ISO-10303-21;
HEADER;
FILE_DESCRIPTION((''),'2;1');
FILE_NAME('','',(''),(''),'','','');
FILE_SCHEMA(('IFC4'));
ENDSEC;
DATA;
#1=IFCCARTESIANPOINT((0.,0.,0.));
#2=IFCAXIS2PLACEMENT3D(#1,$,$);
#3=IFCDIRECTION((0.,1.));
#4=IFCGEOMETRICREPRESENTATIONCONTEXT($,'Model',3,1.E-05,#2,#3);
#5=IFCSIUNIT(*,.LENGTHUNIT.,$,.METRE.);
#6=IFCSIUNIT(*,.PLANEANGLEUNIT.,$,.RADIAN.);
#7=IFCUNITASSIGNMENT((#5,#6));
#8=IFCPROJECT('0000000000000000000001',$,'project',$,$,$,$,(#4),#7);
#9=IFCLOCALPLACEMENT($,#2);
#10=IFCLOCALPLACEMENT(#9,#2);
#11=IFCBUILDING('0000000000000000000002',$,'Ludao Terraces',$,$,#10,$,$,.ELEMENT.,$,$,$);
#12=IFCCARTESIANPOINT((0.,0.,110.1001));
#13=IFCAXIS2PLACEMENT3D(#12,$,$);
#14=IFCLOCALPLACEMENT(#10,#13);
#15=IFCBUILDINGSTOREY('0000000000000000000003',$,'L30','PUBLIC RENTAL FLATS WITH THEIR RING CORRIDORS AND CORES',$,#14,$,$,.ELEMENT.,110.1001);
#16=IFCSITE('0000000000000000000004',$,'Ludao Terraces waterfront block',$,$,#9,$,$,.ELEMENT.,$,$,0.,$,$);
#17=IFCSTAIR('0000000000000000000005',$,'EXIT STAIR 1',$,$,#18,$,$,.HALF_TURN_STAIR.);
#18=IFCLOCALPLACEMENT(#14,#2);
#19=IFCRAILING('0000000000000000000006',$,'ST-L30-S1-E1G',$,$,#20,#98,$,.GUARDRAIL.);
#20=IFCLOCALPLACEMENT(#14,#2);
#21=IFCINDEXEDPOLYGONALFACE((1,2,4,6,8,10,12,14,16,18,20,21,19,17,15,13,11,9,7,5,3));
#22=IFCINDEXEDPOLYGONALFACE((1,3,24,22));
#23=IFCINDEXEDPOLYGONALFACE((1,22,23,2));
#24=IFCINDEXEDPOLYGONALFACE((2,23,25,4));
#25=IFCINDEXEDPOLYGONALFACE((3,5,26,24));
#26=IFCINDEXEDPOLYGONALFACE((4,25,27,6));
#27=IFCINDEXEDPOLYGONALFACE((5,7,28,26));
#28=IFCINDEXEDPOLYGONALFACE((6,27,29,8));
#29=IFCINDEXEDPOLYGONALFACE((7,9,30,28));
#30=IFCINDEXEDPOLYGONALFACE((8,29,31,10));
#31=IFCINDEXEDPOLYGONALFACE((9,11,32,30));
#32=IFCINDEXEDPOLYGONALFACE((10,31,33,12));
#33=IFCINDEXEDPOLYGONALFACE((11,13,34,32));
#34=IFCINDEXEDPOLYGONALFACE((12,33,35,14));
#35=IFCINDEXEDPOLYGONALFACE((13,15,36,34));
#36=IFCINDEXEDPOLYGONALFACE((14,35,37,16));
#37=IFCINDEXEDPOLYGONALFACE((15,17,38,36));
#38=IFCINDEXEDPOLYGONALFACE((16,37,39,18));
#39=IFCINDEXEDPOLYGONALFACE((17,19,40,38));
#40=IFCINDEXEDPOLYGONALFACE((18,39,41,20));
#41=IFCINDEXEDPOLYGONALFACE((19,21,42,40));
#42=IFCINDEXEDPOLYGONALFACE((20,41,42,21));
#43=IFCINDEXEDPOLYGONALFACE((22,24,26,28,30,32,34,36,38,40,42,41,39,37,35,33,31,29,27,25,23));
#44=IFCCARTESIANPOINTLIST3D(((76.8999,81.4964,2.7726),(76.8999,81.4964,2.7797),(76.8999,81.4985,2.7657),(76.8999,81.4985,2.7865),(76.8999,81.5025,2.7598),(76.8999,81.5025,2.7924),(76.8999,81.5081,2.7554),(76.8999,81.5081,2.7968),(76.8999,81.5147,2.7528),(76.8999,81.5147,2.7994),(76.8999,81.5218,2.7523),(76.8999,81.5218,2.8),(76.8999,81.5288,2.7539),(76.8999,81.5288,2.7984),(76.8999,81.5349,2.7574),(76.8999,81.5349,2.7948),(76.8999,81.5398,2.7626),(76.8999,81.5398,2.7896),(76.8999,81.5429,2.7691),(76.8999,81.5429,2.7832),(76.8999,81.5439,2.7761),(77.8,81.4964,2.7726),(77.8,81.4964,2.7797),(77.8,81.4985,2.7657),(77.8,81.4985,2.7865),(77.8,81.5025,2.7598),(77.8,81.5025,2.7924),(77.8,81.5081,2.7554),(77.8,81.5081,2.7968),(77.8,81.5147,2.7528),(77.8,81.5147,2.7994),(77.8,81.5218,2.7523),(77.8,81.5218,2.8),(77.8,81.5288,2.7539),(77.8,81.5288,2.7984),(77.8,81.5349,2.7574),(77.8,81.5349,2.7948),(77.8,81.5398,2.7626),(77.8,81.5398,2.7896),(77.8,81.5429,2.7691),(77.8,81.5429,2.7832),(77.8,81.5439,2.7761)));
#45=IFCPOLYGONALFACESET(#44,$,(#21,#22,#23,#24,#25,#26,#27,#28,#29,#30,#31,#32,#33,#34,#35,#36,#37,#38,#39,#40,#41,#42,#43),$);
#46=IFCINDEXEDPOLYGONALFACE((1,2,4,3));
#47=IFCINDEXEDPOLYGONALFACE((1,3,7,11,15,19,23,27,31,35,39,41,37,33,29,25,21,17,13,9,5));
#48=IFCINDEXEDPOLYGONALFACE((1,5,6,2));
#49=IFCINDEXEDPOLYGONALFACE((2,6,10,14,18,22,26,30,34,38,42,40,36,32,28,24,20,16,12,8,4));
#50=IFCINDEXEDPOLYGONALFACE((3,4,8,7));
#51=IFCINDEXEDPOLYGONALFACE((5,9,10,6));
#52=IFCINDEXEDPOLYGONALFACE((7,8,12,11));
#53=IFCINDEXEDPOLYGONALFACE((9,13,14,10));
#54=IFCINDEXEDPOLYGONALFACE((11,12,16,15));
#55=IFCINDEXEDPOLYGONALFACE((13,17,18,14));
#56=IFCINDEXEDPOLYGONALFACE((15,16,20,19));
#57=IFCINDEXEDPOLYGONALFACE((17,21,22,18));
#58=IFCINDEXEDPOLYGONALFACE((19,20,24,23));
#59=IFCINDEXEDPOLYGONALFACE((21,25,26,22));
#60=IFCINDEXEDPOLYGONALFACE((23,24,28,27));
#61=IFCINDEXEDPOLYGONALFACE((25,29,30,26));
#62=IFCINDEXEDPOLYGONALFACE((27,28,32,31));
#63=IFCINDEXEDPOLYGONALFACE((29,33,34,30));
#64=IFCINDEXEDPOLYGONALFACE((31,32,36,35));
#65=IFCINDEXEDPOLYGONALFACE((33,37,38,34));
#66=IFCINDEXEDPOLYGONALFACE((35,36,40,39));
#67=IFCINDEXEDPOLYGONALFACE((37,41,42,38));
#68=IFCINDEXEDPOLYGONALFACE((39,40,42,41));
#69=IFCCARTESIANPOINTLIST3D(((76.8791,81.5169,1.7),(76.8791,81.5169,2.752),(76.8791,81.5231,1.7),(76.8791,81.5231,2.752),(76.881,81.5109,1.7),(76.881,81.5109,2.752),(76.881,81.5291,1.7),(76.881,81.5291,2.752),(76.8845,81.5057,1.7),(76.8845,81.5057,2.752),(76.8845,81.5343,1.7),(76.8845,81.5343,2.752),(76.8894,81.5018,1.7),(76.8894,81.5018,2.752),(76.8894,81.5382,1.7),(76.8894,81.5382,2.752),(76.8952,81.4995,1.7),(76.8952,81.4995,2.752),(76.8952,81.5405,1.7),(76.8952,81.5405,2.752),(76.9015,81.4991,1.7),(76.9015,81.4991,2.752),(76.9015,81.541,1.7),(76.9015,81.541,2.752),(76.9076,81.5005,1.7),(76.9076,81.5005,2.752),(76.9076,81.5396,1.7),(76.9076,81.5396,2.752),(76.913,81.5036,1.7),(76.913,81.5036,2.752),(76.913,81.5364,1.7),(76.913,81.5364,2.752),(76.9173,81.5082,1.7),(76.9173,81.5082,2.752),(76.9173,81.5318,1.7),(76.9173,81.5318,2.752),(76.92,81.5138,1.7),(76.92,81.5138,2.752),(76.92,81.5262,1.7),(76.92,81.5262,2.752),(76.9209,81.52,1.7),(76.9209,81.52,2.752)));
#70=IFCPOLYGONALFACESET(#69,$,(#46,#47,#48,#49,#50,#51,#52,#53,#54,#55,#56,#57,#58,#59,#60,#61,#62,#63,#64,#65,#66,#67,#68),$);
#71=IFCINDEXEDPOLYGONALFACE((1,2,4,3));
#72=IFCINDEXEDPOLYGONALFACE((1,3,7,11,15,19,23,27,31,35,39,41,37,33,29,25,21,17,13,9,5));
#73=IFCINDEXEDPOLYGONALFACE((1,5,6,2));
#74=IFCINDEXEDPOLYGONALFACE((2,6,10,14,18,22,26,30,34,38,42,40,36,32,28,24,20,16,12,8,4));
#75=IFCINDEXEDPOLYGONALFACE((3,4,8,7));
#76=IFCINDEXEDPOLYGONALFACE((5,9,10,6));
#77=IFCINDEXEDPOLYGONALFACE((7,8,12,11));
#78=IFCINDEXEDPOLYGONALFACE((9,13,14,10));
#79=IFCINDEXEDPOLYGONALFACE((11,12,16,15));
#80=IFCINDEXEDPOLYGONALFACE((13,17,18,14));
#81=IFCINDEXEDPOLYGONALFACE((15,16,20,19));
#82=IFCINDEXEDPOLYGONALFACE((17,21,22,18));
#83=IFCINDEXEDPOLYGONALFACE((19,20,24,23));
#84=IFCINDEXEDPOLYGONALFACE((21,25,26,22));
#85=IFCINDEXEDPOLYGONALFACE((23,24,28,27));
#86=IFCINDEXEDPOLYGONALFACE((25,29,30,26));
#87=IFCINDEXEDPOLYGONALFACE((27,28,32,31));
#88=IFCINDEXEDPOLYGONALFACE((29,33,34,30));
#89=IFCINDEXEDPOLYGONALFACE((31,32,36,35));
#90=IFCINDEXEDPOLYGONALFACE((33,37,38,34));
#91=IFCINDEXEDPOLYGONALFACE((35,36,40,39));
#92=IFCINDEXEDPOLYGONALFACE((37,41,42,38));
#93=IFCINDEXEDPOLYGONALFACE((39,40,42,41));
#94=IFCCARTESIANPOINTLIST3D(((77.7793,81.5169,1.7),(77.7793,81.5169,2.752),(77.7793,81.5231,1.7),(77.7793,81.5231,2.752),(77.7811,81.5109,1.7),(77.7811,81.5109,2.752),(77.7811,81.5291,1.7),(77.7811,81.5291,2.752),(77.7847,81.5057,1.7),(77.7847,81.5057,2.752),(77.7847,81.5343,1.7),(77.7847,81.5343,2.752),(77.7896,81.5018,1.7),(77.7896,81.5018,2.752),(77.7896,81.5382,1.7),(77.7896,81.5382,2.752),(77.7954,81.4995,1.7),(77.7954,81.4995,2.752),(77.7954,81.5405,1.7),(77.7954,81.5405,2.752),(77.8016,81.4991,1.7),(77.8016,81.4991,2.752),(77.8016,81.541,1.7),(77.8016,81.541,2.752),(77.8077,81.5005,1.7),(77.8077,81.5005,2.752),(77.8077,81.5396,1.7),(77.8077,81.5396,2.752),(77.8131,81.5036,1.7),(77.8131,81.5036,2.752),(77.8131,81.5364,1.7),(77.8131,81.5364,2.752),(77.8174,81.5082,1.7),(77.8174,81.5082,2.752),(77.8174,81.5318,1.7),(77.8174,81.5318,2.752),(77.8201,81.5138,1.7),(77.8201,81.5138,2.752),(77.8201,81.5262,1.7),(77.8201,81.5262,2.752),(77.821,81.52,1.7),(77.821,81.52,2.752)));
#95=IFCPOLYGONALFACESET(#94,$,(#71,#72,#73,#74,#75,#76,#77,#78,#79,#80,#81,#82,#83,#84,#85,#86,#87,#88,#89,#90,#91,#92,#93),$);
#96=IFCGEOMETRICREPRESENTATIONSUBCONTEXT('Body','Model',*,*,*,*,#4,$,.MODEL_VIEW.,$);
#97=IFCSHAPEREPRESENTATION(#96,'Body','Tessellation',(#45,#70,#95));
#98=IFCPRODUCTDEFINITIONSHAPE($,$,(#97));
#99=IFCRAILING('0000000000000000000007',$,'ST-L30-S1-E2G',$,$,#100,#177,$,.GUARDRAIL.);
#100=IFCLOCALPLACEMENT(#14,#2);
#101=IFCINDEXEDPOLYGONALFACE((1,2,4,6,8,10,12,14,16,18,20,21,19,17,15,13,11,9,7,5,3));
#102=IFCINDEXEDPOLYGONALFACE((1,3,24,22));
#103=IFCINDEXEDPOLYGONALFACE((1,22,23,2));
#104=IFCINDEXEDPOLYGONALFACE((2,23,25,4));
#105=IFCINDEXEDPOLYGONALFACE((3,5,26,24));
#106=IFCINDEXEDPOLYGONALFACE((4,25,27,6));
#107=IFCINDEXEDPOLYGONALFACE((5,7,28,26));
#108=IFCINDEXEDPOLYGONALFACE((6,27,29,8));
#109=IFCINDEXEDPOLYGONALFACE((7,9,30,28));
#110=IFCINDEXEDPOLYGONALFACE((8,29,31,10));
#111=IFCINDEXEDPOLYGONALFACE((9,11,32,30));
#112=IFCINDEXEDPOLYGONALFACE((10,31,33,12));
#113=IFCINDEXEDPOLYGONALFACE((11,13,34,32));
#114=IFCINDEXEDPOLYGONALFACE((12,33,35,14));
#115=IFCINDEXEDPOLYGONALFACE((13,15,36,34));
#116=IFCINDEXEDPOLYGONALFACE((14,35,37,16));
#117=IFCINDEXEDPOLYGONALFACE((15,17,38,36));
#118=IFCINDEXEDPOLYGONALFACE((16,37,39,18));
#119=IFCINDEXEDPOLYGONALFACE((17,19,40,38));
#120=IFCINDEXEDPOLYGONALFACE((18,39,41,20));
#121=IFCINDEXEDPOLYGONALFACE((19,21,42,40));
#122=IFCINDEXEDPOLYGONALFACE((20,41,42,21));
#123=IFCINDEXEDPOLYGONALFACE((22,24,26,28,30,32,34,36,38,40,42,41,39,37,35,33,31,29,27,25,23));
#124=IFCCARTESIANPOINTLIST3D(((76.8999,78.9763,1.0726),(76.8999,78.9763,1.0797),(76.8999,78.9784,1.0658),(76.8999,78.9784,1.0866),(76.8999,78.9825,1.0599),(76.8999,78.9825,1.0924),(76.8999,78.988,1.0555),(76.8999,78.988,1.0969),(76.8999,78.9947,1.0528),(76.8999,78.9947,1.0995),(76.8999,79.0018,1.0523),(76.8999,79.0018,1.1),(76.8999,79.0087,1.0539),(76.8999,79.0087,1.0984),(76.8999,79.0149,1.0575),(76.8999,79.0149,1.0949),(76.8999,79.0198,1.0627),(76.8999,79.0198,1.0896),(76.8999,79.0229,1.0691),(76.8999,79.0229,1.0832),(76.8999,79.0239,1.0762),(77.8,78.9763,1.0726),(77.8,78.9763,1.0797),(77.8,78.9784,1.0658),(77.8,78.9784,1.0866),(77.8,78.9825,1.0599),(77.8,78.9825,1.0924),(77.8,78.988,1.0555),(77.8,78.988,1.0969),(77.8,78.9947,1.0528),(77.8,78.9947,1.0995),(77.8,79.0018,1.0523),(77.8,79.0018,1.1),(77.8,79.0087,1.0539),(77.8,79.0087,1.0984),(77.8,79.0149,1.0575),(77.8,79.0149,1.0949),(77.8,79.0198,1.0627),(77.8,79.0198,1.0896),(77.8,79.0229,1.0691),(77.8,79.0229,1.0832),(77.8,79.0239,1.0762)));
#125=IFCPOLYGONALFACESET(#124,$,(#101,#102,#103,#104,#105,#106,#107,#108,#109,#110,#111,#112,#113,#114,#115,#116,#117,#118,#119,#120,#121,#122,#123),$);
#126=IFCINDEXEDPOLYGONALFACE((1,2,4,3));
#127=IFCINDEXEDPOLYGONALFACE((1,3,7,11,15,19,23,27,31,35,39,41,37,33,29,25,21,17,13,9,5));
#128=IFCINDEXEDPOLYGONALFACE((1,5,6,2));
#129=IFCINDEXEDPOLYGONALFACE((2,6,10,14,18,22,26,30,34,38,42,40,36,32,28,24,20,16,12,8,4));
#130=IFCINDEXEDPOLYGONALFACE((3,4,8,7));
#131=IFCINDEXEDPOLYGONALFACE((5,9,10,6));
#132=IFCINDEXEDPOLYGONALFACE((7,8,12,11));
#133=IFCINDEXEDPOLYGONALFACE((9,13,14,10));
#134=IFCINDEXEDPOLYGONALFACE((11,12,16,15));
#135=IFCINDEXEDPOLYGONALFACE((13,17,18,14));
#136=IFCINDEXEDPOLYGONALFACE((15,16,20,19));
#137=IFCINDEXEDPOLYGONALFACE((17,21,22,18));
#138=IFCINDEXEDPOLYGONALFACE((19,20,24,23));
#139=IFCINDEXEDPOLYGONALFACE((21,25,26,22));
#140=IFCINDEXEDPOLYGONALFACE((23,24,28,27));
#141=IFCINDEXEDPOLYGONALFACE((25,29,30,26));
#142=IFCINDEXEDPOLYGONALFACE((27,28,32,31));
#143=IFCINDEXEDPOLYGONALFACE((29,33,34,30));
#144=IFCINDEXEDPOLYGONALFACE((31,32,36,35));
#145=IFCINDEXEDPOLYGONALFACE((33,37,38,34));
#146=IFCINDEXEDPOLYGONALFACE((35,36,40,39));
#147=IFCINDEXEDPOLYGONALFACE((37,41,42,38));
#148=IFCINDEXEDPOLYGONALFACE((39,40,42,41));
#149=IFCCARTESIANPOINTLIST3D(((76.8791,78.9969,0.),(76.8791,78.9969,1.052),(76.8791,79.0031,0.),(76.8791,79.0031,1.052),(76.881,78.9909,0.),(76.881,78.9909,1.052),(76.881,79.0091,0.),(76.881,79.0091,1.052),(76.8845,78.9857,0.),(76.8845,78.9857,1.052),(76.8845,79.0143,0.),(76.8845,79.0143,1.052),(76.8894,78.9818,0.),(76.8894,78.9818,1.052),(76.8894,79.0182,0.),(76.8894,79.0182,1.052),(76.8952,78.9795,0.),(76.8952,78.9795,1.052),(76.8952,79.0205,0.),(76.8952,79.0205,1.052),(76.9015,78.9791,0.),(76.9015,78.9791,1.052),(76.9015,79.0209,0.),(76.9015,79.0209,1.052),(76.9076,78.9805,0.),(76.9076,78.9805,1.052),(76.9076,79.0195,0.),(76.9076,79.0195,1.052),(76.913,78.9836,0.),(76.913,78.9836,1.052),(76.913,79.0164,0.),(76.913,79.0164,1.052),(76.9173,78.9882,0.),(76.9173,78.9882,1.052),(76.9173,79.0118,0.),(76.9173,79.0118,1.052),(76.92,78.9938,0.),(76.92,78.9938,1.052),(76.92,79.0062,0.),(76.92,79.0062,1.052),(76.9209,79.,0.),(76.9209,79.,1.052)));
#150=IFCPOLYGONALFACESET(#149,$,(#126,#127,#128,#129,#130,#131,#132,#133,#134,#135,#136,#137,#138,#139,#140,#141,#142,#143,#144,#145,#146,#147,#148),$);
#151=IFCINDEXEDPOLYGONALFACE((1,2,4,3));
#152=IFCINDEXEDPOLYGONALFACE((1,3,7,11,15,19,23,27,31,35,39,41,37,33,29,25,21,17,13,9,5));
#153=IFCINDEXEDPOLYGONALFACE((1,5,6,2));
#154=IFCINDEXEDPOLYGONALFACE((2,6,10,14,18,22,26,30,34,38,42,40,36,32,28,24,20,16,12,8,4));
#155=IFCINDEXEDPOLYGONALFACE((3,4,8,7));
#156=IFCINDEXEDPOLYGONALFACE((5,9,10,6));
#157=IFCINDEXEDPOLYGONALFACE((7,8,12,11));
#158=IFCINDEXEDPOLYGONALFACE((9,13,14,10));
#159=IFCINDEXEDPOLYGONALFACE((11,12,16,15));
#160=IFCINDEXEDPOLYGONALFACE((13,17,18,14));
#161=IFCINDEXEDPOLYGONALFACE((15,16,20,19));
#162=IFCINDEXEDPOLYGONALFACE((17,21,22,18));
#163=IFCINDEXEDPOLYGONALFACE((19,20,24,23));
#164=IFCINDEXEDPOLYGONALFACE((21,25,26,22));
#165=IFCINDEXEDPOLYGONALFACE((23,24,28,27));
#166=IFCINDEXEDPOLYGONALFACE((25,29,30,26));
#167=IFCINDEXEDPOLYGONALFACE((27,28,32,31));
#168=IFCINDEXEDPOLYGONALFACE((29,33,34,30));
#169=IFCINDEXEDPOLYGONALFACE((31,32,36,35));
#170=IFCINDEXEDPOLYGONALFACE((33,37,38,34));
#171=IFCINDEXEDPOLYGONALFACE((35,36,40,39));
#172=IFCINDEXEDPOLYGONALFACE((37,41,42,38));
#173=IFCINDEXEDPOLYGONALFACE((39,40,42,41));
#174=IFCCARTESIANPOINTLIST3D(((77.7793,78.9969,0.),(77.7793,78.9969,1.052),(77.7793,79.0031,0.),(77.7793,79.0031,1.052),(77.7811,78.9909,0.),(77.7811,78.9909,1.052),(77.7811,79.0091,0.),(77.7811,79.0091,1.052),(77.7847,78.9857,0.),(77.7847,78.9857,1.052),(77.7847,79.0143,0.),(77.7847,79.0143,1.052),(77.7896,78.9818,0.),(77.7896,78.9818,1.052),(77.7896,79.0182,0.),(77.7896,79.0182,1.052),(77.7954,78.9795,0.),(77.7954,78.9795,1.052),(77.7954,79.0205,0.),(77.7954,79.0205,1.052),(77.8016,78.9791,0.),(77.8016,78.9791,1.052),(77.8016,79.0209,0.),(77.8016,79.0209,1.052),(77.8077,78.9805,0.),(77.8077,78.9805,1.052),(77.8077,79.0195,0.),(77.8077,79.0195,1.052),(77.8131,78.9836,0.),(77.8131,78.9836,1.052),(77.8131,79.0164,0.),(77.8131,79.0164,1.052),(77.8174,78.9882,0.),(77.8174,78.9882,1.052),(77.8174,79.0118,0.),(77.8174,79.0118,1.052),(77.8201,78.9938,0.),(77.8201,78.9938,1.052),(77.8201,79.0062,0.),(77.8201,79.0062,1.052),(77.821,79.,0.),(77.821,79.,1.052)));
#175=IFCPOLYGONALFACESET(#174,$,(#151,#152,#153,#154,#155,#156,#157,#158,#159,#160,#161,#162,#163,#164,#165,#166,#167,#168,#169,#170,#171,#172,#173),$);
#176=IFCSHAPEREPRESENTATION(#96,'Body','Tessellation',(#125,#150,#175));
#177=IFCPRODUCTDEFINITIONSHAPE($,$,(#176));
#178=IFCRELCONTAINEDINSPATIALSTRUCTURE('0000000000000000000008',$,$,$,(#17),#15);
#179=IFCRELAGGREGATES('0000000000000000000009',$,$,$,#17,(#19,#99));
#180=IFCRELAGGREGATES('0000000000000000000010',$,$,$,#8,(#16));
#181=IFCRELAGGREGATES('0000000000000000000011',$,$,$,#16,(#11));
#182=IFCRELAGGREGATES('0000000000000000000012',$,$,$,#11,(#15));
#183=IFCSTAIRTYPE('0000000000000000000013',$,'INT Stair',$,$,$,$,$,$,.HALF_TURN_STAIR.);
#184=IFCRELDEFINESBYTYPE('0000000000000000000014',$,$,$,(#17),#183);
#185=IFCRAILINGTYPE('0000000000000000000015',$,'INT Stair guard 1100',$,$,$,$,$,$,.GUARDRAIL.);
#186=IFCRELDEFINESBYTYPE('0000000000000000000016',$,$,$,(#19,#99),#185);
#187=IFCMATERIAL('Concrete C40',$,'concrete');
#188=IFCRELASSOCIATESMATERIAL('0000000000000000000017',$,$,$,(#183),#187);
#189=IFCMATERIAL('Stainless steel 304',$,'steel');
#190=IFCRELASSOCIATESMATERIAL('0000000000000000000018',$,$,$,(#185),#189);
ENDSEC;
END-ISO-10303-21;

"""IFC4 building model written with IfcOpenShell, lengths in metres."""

from ifc_helpers import new_model, si_unit, direction, frame, origin, origin_2d, place, context, subcontext, project, spatial, circle, extrude, material, type_object, element, aggregate, save


model = new_model("IFC4")

# Units and contexts
model_context = context("Model", 3, precision=1e-05, world=origin(), true_north=direction((0.0, 1.0)))
body_context = subcontext(model_context, "Body", "Model", "MODEL_VIEW")
ifc_project = project(units=[si_unit("LENGTHUNIT", "METRE"), si_unit("PLANEANGLEUNIT", "RADIAN")], contexts=[model_context])

# Site, building, storey
site_placement = place(None, origin())
site = spatial("IfcSite", under=ifc_project, at=site_placement, Name="Ludao Terraces waterfront block", CompositionType="ELEMENT", RefElevation=0.0)
building_placement = place(site_placement, origin())
building = spatial("IfcBuilding", under=site, at=building_placement, Name="Ludao Terraces", CompositionType="ELEMENT")
storey_placement = place(building_placement, frame((0.0, 0.0, 110.1001)))
storey = spatial("IfcBuildingStorey", under=building, at=storey_placement, Name="L30", Description="PUBLIC RENTAL FLATS WITH THEIR RING CORRIDORS AND CORES", CompositionType="ELEMENT", Elevation=110.1001)

# Shared definitions
ifc_material_1 = material(Name="Stainless steel 304", Category="steel")

# Stair, railings
ifc_material_2 = material(Name="Concrete C40", Category="concrete")
stair_type = type_object("IfcStairType", Name="INT Stair", PredefinedType="HALF_TURN_STAIR", material=ifc_material_2)
stair_placement = place(storey_placement, origin())
stair = element("IfcStair", 1, at=stair_placement, inside=storey, type_object=stair_type, Name="EXIT STAIR 1", PredefinedType="HALF_TURN_STAIR")
railing_type_1 = type_object("IfcRailingType", Name="INT Stair guard 1100", PredefinedType="GUARDRAIL", material=ifc_material_1)
railing_1_placement = place(storey_placement, frame((76.8999, 81.52, 1.7)))
railing_1 = element("IfcRailing", 2, at=railing_1_placement, type_object=railing_type_1, Name="ST-L30-S1-E1G", PredefinedType="GUARDRAIL", context=body_context, shape_type="SweptSolid", body=[
    extrude(circle(Radius=0.0239, at=origin_2d()), frame((0.0, 0.0, 1.0762), z_axis=(1.0, 0.0, 0.0), x_axis=(0.0, 1.0, 0.0)), (0.0, 0.0, 1.0), 0.9001),
    extrude(circle(Radius=0.021, at=origin_2d()), origin(), (0.0, 0.0, 1.0), 1.052),
    extrude(circle(Radius=0.021, at=origin_2d()), frame((0.9001, 0.0, 0.0)), (0.0, 0.0, 1.0), 1.052),
])
railing_2_placement = place(storey_placement, frame((76.8999, 79.0, 0.0)))
railing_2 = element("IfcRailing", 3, at=railing_2_placement, type_object=railing_type_1, Name="ST-L30-S1-E2G", PredefinedType="GUARDRAIL", context=body_context, shape_type="SweptSolid", body=[
    extrude(circle(Radius=0.0239, at=origin_2d()), frame((0.0, 0.0, 1.0762), z_axis=(1.0, 0.0, 0.0), x_axis=(0.0, 1.0, 0.0)), (0.0, 0.0, 1.0), 0.9001),
    extrude(circle(Radius=0.021, at=origin_2d()), origin(), (0.0, 0.0, 1.0), 1.052),
    extrude(circle(Radius=0.021, at=origin_2d()), frame((0.9001, 0.0, 0.0)), (0.0, 0.0, 1.0), 1.052),
])
aggregate(stair, [railing_1, railing_2])

save(model, "model.ifc")
